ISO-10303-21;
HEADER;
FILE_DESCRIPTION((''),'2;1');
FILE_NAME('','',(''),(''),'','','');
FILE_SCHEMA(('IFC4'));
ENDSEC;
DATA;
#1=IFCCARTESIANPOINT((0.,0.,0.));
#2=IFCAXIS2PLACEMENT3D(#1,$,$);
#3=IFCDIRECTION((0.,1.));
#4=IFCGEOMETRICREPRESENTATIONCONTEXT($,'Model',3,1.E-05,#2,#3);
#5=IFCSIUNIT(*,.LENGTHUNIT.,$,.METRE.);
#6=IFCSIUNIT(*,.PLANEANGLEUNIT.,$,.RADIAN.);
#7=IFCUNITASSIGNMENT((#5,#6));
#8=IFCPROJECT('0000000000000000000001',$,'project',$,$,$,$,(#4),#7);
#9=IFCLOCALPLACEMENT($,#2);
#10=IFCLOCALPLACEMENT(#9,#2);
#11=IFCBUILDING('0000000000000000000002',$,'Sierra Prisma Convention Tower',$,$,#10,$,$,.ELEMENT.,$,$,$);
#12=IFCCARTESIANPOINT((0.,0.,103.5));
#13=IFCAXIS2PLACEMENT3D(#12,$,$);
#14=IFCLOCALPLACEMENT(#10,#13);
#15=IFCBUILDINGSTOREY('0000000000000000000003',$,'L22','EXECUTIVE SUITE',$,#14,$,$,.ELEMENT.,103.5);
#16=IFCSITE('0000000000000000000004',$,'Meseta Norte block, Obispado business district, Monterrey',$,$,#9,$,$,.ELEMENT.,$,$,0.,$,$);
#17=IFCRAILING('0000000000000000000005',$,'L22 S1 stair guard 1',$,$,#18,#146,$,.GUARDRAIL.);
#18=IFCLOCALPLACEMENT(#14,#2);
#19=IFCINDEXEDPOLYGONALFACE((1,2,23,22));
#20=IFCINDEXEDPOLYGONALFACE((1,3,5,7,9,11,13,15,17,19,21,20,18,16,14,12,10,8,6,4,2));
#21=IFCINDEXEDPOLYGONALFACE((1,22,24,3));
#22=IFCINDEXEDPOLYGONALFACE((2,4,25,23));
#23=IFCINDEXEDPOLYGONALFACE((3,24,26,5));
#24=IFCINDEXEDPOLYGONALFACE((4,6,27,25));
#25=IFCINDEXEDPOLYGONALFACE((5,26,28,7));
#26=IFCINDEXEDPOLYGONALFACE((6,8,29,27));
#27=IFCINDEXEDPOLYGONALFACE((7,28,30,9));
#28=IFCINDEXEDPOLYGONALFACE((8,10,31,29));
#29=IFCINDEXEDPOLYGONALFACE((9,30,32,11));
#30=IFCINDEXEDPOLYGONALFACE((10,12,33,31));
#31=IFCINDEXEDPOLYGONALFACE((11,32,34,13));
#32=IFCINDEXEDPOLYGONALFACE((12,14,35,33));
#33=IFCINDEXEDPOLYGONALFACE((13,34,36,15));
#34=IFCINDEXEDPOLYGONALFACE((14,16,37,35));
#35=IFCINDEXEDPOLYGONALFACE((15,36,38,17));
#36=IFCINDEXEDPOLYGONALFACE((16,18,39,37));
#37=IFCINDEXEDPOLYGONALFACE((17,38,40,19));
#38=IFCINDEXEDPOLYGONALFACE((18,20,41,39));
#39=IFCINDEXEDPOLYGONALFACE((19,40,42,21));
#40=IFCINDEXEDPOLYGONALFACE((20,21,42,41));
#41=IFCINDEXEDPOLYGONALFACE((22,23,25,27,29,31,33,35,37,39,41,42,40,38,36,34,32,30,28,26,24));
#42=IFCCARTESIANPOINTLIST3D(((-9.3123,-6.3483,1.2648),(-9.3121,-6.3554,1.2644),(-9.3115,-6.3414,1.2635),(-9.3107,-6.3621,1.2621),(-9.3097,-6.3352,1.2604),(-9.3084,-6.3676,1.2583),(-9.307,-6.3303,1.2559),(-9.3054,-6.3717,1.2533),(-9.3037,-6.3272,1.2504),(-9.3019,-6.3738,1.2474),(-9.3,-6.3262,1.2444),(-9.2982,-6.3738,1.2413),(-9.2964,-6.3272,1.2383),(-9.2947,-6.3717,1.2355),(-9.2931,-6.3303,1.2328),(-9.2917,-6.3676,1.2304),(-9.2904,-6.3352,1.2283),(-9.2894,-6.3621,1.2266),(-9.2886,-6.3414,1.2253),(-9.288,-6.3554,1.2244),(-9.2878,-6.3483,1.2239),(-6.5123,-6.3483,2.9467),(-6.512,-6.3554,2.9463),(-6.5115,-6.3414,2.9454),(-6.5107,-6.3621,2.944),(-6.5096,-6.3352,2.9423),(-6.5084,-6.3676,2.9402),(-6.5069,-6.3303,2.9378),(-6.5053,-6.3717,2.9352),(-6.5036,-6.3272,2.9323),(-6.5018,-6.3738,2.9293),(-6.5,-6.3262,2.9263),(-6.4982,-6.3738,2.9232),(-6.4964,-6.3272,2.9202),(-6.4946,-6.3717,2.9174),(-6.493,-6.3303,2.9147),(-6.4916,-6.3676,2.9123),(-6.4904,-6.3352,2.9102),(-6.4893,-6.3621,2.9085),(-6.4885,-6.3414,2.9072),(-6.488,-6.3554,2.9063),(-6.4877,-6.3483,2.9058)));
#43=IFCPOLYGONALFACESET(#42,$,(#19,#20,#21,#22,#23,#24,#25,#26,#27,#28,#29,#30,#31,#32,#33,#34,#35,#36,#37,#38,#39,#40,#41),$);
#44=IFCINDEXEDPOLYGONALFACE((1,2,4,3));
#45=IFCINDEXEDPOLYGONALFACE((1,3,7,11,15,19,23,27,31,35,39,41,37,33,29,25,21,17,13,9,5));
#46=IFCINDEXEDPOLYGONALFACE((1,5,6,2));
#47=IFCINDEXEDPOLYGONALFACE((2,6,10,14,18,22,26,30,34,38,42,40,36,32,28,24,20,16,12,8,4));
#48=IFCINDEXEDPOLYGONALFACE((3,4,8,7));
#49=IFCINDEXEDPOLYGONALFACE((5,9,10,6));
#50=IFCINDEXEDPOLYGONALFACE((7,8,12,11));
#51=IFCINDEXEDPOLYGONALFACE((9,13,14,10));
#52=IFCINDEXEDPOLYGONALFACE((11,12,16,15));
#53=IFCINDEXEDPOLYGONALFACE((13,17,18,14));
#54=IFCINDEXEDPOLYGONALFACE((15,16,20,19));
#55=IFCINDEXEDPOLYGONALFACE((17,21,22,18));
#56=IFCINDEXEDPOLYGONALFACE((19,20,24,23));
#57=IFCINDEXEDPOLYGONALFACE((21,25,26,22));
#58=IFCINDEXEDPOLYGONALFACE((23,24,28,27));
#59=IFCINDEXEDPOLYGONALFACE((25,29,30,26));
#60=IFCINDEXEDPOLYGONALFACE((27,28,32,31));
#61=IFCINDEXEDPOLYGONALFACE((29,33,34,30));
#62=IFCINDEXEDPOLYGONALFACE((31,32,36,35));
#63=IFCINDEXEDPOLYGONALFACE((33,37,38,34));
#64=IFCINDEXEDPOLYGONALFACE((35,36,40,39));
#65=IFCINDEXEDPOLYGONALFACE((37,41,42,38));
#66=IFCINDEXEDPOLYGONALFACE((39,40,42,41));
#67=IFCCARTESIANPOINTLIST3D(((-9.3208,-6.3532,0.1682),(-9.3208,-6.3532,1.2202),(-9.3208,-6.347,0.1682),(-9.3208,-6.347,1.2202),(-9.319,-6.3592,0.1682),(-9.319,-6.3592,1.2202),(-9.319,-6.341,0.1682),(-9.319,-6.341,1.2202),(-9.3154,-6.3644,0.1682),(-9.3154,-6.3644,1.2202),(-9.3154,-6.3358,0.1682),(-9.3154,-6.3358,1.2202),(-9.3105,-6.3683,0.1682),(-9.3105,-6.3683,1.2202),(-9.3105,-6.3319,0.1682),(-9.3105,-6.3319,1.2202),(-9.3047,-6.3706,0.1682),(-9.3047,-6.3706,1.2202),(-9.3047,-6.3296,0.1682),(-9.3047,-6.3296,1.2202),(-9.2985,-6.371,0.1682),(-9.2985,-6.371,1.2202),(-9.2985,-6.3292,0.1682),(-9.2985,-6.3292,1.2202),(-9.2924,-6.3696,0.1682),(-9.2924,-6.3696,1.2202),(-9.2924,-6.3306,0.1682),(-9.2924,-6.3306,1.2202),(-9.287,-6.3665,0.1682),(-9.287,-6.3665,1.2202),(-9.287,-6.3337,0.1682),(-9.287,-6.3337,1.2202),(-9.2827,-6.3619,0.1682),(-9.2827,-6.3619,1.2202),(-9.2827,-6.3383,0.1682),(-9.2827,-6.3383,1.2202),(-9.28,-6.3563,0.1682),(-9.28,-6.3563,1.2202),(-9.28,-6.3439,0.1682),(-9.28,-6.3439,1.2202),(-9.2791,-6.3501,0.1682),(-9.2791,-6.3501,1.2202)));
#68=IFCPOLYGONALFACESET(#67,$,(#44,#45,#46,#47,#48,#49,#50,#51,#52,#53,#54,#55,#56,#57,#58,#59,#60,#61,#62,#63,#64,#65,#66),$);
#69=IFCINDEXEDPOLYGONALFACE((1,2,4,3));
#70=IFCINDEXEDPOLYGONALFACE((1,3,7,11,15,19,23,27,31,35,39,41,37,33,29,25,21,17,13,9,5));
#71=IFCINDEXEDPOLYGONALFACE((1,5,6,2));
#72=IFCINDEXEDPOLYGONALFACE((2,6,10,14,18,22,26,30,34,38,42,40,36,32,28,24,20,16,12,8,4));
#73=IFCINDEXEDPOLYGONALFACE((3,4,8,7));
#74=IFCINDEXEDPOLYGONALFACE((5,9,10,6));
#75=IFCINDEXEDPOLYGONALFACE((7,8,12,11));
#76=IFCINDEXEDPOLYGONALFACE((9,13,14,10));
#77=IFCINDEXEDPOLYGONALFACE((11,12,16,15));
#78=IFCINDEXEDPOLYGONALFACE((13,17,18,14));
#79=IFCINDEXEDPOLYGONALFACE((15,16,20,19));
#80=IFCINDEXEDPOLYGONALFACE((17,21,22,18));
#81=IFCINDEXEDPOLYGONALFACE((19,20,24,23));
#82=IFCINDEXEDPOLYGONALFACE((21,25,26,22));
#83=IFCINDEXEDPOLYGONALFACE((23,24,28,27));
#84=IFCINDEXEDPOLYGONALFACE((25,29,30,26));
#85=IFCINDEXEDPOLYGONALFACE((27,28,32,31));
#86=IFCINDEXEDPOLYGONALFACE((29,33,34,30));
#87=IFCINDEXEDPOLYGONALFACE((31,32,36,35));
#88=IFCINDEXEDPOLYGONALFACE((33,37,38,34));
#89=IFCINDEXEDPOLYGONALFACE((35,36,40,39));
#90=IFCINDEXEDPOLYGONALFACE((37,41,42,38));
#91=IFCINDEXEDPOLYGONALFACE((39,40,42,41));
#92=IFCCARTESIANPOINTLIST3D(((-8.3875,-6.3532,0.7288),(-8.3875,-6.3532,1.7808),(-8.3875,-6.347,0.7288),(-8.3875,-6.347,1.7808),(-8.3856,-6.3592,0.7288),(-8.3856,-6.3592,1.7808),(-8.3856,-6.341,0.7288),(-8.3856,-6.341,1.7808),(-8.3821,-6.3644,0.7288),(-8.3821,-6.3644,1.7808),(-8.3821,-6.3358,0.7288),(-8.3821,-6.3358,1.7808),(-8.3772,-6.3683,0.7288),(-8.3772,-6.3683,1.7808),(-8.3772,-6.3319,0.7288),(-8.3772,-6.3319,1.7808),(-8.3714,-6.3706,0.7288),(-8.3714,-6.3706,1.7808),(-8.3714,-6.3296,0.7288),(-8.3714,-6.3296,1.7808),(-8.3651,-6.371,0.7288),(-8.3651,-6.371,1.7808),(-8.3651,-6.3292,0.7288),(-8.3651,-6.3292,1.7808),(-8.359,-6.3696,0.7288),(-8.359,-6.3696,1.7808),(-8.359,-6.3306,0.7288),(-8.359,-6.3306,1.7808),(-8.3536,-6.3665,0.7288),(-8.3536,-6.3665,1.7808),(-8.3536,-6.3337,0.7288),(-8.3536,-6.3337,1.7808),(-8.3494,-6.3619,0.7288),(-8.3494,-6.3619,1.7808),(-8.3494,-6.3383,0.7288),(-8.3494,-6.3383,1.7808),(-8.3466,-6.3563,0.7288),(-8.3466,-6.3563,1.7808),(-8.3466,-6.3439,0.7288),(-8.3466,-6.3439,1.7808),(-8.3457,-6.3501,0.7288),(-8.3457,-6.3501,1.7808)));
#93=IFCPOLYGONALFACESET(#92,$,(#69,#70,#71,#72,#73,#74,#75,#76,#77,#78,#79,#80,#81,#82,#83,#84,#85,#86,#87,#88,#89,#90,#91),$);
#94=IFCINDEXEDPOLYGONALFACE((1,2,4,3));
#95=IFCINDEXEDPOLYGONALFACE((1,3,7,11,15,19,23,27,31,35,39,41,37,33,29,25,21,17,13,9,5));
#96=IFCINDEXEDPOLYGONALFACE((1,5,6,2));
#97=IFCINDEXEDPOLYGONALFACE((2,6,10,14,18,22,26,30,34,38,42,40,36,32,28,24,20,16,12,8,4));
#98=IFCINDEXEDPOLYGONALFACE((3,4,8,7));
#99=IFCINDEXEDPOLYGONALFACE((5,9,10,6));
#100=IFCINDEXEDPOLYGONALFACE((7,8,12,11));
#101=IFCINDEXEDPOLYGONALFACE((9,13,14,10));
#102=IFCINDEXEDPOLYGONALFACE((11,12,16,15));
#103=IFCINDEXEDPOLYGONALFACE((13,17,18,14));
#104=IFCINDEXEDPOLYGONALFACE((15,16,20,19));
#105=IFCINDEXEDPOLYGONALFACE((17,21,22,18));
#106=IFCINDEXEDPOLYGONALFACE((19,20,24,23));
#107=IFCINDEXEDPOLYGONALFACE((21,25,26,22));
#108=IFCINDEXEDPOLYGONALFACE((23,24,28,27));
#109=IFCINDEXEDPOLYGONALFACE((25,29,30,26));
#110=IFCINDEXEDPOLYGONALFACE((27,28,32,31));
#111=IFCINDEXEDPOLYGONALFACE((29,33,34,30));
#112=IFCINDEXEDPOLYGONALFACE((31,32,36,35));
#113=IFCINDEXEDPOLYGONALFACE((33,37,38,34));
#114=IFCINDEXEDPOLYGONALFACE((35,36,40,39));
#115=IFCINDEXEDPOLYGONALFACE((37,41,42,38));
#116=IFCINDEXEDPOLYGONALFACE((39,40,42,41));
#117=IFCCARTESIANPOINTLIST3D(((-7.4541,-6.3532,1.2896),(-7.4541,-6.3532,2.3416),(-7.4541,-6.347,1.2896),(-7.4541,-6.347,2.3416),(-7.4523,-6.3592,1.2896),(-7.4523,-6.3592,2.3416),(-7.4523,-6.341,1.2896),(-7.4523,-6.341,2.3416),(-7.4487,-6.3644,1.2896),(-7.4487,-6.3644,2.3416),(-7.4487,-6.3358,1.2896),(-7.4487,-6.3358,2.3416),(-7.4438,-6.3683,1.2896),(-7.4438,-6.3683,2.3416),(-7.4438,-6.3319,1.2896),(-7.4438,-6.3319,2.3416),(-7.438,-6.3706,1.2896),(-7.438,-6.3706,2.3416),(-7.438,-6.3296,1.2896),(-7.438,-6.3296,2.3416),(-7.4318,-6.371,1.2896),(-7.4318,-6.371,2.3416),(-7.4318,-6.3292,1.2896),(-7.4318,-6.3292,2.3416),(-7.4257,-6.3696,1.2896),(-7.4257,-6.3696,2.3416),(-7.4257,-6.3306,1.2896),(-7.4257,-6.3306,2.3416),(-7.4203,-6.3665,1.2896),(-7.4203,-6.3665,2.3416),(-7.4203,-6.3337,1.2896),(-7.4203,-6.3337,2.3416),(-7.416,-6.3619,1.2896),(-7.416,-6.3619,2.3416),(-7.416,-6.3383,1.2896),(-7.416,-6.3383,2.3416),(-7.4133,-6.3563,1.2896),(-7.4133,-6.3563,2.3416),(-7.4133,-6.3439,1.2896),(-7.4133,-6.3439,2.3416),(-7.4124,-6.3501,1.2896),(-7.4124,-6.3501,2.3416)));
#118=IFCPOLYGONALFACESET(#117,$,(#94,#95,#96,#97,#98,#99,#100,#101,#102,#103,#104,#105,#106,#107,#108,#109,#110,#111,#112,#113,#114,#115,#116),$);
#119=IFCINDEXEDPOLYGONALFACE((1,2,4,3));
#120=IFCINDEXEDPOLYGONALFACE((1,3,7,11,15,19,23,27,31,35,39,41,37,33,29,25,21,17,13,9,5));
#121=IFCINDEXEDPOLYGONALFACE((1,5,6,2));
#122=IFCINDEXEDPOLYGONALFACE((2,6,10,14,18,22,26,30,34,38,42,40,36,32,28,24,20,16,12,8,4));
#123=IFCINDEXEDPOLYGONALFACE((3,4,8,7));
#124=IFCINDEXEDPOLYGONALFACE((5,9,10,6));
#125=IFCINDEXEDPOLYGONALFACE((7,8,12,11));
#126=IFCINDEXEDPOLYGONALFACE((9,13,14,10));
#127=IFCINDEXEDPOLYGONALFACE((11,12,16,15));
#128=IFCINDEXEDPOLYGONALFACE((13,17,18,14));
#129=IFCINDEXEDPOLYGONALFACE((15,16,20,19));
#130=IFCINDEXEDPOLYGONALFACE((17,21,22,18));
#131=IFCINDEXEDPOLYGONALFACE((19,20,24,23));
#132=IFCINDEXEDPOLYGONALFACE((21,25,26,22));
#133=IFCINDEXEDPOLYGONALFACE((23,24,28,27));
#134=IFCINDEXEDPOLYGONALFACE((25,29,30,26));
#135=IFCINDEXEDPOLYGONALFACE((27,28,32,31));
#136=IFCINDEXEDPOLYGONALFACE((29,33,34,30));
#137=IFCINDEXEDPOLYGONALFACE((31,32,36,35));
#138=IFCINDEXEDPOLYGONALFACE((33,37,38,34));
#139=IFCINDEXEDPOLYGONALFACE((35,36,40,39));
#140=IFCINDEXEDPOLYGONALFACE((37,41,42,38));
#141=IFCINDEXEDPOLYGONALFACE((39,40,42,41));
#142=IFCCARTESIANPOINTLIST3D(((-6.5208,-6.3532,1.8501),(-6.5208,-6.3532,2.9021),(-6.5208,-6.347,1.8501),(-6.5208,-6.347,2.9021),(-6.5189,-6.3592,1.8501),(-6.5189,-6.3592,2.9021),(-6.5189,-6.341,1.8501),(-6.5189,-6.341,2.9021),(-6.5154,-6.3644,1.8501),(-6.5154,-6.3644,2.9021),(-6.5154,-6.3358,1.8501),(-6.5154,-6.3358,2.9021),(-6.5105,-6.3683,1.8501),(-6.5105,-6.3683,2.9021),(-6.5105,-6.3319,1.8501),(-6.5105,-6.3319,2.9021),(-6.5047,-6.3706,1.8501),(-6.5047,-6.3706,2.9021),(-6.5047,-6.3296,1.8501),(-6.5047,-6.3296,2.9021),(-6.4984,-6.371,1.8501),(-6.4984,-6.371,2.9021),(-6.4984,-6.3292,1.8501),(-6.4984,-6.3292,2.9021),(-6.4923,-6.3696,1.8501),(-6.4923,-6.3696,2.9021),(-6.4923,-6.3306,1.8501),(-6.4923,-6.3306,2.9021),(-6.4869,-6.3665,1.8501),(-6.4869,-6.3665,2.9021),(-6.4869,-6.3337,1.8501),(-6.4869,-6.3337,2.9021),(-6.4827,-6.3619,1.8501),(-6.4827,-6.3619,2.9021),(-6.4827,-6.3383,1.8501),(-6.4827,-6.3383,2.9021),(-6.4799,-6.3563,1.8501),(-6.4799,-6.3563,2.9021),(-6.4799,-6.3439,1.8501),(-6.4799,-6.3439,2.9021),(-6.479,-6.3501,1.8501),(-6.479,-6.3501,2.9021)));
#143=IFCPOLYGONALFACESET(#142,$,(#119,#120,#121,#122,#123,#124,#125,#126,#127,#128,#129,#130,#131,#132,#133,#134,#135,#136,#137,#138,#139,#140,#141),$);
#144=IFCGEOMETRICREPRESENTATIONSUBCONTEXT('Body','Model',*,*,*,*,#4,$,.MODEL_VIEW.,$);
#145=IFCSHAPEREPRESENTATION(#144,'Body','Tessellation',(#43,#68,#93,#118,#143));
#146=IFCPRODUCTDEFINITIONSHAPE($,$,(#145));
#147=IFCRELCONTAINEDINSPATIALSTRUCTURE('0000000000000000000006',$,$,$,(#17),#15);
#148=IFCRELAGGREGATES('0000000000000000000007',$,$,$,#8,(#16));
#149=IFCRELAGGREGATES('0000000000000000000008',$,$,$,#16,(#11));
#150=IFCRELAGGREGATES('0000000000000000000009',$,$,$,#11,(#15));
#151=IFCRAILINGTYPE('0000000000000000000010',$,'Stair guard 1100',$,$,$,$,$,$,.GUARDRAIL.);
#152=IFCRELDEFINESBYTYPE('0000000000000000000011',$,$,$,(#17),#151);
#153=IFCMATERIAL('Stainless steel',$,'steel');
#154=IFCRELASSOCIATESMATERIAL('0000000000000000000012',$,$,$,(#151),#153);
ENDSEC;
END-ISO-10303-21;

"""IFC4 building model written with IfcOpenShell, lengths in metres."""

from ifc_helpers import new_model, si_unit, direction, frame, origin, origin_2d, place, context, subcontext, project, spatial, circle, extrude, material, type_object, element, save


model = new_model("IFC4")

# Units and contexts
model_context = context("Model", 3, precision=1e-05, world=origin(), true_north=direction((0.0, 1.0)))
body_context = subcontext(model_context, "Body", "Model", "MODEL_VIEW")
ifc_project = project(units=[si_unit("LENGTHUNIT", "METRE"), si_unit("PLANEANGLEUNIT", "RADIAN")], contexts=[model_context])

# Site, building, storey
site_placement = place(None, origin())
site = spatial("IfcSite", under=ifc_project, at=site_placement, Name="Meseta Norte block, Obispado business district, Monterrey", CompositionType="ELEMENT", RefElevation=0.0)
building_placement = place(site_placement, origin())
building = spatial("IfcBuilding", under=site, at=building_placement, Name="Sierra Prisma Convention Tower", CompositionType="ELEMENT")
storey_placement = place(building_placement, frame((0.0, 0.0, 103.5)))
storey = spatial("IfcBuildingStorey", under=building, at=storey_placement, Name="L22", Description="EXECUTIVE SUITE", CompositionType="ELEMENT", Elevation=103.5)

# Railing
ifc_material_1 = material(Name="Stainless steel", Category="steel")
railing_type_1 = type_object("IfcRailingType", Name="Stair guard 1100", PredefinedType="GUARDRAIL", material=ifc_material_1)
railing_1_placement = place(storey_placement, frame((-9.3, -6.3501, 0.1682)))
element("IfcRailing", 1, at=railing_1_placement, inside=storey, type_object=railing_type_1, Name="L22 S1 stair guard 1", PredefinedType="GUARDRAIL", context=body_context, shape_type="SweptSolid", body=[
    extrude(circle(Radius=0.0239, at=origin_2d()), frame((0.0, 0.0, 1.0762), z_axis=(0.857242, 0.0, 0.514913), x_axis=(0.0, 1.0, 0.0)), (0.0, 0.0, 1.0), 3.2664),
    extrude(circle(Radius=0.021, at=origin_2d()), origin(), (0.0, 0.0, 1.0), 1.052),
    extrude(circle(Radius=0.021, at=origin_2d()), frame((0.9333, 0.0, 0.5605)), (0.0, 0.0, 1.0), 1.052),
    extrude(circle(Radius=0.021, at=origin_2d()), frame((1.8667, 0.0, 1.1213)), (0.0, 0.0, 1.0), 1.052),
    extrude(circle(Radius=0.021, at=origin_2d()), frame((2.8, 0.0, 1.6819)), (0.0, 0.0, 1.0), 1.052),
])

save(model, "model.ifc")
